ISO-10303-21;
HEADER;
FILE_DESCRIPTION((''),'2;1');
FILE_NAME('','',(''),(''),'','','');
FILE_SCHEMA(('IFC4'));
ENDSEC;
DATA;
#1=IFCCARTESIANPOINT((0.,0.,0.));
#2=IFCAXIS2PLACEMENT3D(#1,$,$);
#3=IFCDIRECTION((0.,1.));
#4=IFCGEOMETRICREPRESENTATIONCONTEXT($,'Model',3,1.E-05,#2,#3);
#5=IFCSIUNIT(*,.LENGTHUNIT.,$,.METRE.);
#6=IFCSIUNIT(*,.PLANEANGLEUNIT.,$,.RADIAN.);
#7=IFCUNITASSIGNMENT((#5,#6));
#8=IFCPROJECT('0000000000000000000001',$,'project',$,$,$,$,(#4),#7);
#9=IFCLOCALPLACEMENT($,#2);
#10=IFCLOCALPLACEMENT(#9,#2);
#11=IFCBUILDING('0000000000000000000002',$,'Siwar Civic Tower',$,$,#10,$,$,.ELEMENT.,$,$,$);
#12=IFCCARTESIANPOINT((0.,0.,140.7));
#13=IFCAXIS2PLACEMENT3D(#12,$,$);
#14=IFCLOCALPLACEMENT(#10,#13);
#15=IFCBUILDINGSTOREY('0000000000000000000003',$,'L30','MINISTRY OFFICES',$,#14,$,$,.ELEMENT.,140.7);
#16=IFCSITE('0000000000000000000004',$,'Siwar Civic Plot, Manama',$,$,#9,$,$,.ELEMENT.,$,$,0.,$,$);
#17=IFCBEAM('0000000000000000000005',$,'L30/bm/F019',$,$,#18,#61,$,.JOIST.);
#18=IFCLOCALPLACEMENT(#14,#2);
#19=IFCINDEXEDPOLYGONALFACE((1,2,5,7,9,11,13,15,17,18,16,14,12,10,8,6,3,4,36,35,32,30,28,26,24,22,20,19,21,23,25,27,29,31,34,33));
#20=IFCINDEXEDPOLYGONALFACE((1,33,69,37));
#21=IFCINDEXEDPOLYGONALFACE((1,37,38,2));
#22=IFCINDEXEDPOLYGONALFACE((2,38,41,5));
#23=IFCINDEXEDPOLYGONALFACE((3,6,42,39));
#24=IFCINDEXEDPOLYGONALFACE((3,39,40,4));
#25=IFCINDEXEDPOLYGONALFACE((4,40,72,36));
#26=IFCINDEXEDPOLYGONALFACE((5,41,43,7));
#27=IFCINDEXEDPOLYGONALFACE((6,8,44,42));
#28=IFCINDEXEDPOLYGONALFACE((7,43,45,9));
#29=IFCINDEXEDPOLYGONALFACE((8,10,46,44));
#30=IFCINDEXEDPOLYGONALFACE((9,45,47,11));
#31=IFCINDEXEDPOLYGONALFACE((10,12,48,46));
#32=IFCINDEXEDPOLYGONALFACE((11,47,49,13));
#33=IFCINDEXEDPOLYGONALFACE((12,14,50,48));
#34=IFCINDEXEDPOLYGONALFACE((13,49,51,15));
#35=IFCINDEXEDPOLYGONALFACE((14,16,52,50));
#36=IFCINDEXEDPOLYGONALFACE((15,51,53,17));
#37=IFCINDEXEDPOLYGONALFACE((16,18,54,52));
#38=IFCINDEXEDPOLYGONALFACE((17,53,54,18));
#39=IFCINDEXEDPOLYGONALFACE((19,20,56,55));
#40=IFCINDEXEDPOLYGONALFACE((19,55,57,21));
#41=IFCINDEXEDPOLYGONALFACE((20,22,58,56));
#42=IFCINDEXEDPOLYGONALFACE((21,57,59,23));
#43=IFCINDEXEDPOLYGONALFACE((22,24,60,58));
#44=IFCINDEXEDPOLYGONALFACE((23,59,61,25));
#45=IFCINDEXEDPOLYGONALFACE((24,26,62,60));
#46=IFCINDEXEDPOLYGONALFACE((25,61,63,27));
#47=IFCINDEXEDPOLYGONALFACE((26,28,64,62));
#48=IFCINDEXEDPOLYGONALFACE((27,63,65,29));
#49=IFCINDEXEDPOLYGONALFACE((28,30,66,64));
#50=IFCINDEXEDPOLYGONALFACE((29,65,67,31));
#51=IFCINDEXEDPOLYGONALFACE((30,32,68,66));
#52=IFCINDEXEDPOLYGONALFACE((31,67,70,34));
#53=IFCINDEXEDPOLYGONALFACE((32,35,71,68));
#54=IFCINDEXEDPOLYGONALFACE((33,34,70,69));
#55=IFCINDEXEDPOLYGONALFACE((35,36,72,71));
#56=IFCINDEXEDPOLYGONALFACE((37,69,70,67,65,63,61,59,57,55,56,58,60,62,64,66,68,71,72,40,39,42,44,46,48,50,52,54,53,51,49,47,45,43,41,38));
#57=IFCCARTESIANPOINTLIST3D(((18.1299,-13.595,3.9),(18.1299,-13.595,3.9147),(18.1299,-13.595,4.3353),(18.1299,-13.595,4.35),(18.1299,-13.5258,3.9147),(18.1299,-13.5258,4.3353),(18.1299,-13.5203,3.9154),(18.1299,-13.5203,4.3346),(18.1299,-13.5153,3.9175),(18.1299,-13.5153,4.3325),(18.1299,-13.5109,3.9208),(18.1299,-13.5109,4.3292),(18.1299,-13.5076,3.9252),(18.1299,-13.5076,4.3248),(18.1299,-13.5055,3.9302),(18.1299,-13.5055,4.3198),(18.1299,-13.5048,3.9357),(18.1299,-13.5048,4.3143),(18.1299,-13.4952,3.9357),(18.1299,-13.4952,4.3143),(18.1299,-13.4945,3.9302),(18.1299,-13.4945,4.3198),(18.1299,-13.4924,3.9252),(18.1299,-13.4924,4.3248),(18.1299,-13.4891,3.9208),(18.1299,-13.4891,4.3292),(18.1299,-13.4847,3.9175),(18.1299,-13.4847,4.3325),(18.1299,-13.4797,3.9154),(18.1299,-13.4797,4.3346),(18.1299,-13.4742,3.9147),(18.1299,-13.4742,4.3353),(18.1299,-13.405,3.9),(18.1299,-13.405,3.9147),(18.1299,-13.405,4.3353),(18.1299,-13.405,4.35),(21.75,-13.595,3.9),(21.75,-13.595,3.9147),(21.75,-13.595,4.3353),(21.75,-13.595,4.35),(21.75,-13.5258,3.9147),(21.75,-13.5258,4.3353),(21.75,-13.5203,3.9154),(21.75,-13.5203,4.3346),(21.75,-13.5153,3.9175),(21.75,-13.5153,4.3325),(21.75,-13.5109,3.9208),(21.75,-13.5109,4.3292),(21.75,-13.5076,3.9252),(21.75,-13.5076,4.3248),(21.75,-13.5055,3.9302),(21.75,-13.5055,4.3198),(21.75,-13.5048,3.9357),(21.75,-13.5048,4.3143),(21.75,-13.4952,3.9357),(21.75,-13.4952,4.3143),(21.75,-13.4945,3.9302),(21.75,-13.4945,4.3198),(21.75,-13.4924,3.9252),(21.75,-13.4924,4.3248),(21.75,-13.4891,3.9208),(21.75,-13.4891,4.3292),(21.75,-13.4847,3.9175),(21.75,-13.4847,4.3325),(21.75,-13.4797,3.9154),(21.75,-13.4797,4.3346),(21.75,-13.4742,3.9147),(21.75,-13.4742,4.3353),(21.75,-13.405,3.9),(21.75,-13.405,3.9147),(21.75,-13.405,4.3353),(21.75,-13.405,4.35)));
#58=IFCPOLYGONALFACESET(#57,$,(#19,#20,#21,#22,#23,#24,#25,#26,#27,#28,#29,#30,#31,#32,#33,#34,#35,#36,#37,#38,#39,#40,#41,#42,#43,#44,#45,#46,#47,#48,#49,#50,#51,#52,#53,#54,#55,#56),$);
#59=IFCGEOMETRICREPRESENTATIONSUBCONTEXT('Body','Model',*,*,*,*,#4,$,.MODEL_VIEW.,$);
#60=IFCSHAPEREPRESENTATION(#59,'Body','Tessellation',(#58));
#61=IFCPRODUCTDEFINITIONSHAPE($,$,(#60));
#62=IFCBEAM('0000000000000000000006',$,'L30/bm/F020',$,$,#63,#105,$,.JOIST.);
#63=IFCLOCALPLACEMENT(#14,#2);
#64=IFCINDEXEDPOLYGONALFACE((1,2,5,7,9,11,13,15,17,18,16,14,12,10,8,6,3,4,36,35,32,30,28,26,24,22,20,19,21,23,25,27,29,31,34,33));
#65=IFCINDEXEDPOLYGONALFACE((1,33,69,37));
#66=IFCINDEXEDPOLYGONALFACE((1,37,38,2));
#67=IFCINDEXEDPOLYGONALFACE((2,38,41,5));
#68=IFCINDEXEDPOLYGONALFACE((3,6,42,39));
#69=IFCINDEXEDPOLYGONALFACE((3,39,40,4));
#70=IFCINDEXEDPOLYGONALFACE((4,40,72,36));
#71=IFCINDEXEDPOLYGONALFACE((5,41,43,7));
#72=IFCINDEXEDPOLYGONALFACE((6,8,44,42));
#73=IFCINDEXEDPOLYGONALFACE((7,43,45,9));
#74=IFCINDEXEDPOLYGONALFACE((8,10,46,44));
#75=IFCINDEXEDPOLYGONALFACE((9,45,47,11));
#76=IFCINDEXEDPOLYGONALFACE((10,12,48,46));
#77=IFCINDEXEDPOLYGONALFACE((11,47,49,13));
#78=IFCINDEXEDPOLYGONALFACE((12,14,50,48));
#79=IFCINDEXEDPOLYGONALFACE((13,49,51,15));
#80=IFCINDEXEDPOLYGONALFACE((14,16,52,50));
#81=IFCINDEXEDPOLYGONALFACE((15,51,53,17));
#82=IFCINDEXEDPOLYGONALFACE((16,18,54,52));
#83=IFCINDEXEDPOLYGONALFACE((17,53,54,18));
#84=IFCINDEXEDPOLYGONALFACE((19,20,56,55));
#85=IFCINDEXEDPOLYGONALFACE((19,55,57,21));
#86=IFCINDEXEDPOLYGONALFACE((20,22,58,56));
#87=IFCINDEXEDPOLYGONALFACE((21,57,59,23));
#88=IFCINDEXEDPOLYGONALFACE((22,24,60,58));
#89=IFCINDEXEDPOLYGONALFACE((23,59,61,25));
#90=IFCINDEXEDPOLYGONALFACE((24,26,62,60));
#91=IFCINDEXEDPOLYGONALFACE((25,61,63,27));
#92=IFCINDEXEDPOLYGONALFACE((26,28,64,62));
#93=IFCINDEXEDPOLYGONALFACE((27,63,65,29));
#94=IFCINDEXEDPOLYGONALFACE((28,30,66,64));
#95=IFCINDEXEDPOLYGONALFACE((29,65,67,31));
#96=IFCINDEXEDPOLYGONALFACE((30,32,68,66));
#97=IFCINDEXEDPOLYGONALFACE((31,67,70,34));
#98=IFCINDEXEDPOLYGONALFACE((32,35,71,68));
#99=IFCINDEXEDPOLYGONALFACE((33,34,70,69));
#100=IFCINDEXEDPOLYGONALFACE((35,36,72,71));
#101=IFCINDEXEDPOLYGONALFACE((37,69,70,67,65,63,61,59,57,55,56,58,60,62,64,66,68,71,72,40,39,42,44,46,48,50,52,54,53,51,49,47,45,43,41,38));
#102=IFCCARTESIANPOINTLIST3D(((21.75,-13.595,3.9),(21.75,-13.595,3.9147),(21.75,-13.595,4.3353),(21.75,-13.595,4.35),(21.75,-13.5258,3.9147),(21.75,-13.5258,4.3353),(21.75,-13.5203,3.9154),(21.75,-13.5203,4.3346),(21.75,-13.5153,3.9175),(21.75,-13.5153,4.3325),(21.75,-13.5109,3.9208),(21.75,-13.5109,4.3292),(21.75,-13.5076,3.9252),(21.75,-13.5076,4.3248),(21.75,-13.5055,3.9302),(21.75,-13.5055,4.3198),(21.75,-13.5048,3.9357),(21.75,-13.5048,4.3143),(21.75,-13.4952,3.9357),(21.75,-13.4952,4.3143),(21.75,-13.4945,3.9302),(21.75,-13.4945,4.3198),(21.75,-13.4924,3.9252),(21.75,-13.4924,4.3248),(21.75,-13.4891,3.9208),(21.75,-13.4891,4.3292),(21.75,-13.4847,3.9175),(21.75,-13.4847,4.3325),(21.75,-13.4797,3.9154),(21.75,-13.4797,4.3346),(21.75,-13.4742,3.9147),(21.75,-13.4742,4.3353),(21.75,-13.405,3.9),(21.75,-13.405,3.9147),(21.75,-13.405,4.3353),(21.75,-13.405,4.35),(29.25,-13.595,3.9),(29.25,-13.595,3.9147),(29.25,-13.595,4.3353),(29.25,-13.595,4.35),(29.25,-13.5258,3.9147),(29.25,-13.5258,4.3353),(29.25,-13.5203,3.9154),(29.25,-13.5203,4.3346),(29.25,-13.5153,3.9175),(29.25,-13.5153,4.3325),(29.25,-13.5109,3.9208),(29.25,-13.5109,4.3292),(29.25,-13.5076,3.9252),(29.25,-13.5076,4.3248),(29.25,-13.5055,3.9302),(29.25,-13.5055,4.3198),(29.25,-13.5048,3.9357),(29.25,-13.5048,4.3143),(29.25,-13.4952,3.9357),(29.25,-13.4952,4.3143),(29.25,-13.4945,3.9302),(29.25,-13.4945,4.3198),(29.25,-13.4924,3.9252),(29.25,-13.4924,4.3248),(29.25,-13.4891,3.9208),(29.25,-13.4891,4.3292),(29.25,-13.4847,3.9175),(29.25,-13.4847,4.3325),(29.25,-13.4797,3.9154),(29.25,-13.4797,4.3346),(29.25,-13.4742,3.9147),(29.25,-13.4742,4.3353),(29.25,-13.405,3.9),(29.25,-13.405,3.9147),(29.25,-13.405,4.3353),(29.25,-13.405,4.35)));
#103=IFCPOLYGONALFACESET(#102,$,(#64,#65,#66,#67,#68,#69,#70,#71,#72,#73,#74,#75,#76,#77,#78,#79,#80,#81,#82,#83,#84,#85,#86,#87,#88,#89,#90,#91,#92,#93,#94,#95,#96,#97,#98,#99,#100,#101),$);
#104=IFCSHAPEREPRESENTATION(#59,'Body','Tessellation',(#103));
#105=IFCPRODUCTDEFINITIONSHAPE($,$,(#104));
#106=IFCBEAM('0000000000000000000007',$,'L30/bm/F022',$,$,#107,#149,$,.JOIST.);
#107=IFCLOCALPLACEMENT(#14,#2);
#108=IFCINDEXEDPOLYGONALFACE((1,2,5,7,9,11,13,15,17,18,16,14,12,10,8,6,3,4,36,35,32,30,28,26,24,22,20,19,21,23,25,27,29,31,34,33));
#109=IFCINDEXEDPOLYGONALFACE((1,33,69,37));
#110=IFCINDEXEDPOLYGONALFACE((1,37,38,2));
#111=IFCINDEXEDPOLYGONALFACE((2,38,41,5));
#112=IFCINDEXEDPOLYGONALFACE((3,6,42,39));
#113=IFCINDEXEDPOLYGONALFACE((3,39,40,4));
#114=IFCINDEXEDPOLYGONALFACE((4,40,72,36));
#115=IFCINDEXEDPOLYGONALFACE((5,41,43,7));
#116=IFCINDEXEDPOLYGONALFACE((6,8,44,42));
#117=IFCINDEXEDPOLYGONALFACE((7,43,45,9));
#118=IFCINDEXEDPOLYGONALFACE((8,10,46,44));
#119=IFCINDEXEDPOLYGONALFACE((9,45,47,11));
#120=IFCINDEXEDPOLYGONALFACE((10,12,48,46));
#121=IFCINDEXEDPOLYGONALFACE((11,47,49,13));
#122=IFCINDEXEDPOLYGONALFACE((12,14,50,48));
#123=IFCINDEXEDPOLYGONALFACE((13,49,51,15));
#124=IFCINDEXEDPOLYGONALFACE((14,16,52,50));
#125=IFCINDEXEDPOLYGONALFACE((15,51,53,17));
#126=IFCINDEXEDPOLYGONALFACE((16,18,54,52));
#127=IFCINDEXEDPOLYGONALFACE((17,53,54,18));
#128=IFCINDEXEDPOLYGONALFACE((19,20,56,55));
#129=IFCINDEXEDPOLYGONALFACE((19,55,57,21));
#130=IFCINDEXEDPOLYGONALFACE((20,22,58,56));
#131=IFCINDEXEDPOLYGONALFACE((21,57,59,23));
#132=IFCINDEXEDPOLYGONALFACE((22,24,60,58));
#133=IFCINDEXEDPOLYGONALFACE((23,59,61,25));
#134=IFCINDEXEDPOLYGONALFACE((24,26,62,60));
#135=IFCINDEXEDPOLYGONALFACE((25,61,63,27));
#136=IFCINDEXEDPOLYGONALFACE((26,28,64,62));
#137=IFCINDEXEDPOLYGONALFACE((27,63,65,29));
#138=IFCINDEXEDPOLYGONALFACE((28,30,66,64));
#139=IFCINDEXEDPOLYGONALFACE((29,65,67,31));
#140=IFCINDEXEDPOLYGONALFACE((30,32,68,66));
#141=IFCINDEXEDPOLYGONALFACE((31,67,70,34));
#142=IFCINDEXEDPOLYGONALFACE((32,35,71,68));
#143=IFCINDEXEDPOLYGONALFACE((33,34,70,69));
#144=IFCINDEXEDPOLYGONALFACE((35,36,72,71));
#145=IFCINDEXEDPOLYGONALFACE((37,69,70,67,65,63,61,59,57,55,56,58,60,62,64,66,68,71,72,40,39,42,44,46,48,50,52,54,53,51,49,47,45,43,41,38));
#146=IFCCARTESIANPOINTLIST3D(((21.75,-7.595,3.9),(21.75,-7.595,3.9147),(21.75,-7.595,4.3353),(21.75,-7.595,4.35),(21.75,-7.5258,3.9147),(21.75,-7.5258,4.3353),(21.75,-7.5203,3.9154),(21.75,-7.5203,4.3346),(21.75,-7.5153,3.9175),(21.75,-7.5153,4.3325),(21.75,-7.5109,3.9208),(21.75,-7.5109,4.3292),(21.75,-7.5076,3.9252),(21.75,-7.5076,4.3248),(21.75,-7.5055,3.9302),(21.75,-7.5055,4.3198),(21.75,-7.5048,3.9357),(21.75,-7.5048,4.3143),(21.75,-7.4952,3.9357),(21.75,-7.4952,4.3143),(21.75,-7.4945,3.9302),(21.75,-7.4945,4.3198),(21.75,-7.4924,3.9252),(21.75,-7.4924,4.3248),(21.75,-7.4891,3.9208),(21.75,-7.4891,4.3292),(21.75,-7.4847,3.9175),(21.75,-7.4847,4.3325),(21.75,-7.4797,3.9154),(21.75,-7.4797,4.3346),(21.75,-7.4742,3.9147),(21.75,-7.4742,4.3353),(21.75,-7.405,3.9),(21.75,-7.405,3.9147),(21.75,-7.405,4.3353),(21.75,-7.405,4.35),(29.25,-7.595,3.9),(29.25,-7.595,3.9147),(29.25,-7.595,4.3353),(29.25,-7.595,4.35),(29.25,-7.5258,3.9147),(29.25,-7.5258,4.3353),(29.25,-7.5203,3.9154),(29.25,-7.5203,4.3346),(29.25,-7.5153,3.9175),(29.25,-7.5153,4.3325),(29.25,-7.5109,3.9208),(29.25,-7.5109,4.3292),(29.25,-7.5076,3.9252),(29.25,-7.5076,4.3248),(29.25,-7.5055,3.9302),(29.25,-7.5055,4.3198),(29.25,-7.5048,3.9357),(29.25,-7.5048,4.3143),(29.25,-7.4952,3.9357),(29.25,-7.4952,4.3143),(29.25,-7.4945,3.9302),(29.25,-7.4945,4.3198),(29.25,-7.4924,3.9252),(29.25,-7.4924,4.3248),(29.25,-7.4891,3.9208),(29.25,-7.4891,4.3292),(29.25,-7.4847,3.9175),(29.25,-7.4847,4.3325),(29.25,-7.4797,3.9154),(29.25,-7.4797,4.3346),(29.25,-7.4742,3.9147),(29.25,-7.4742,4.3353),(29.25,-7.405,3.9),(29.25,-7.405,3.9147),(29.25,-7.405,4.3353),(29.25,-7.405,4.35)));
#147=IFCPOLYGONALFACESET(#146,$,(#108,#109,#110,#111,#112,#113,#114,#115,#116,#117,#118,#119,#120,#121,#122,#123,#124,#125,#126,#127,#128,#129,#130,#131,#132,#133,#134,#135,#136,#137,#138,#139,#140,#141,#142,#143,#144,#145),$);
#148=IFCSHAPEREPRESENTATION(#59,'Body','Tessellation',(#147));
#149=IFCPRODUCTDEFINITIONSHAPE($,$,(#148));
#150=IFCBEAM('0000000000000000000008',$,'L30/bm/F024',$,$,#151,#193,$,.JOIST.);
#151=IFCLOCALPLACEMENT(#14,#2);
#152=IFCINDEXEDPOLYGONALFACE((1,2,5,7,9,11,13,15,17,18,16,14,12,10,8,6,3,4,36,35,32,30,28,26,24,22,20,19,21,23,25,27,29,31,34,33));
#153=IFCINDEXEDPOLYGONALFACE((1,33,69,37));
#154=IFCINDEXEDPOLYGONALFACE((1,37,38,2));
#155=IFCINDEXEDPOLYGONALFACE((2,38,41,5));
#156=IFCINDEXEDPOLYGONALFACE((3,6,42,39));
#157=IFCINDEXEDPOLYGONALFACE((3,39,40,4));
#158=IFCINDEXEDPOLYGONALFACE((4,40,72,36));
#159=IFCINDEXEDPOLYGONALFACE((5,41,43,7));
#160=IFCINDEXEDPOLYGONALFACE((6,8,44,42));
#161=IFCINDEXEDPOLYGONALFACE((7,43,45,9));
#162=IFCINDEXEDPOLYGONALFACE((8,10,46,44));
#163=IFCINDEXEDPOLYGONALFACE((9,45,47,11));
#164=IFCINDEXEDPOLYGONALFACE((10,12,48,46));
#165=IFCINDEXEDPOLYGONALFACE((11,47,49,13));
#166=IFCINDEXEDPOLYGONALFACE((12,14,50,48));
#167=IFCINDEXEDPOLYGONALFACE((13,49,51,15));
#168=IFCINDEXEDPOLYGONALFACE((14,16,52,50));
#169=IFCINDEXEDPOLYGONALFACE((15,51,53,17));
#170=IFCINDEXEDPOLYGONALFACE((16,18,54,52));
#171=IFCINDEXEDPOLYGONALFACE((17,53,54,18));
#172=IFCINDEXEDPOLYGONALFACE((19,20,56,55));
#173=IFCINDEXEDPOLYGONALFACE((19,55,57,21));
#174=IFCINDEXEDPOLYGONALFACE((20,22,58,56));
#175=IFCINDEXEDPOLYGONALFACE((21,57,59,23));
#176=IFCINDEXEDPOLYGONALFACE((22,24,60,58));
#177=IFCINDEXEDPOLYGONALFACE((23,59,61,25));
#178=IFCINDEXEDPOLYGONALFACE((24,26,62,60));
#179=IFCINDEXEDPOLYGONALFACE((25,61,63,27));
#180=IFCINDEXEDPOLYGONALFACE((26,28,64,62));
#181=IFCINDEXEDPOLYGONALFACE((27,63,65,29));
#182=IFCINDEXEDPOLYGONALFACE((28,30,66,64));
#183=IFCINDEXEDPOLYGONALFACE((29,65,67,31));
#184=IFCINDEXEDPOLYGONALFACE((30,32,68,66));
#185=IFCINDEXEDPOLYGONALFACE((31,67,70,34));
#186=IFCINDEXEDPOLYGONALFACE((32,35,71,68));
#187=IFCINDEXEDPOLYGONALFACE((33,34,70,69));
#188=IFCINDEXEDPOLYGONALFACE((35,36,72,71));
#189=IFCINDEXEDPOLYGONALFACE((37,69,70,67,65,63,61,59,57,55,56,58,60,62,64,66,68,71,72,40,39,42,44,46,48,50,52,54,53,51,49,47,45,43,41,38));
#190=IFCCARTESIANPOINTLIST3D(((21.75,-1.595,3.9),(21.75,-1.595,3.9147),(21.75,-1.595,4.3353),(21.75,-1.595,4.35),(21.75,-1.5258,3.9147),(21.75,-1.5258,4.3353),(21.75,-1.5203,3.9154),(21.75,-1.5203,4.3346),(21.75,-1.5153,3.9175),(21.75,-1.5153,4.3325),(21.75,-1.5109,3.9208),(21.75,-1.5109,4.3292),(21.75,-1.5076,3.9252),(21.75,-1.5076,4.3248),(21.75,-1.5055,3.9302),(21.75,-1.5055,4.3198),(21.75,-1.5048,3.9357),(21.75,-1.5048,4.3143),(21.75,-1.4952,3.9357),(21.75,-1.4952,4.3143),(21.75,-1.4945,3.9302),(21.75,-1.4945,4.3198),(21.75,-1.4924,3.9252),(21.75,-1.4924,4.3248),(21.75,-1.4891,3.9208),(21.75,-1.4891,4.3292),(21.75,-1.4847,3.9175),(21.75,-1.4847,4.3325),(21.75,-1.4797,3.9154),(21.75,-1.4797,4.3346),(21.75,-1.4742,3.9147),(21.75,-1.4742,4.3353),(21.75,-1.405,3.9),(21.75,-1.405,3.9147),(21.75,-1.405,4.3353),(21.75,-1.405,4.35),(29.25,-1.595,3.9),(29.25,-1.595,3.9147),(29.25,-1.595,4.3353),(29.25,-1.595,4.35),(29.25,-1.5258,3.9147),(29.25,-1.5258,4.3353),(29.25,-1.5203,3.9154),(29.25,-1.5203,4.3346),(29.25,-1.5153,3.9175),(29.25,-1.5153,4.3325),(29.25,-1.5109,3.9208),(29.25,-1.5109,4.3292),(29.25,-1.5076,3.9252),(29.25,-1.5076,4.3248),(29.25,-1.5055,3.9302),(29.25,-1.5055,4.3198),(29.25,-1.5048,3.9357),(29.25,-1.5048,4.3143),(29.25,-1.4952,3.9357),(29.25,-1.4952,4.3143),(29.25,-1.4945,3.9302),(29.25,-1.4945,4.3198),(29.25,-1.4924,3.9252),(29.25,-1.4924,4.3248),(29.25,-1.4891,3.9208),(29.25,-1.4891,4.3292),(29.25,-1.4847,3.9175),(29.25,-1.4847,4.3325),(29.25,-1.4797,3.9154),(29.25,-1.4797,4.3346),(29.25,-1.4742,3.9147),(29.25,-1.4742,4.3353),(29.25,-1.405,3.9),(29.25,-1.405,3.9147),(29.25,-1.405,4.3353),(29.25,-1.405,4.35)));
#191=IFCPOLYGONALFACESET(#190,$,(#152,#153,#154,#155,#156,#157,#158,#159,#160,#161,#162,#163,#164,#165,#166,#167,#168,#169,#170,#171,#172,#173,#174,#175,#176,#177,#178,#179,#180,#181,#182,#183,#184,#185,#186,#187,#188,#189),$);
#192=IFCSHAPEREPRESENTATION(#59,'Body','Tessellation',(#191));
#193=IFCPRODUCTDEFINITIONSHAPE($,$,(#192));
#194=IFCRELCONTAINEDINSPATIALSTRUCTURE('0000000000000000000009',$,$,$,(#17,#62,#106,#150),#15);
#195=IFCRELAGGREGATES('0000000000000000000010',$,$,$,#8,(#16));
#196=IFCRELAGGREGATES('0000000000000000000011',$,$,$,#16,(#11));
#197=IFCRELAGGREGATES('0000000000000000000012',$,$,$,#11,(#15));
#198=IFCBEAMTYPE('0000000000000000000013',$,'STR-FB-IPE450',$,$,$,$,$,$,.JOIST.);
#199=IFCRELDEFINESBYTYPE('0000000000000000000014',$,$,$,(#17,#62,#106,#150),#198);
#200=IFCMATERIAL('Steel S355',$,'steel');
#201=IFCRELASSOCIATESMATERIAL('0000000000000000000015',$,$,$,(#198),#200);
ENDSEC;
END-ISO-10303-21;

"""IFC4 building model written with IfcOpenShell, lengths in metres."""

from ifc_helpers import new_model, si_unit, direction, frame, origin, origin_2d, place, context, subcontext, project, spatial, i_section, extrude, material, material_profile, profile_set, type_object, element, save


model = new_model("IFC4")

# Units and contexts
model_context = context("Model", 3, precision=1e-05, world=origin(), true_north=direction((0.0, 1.0)))
body_context = subcontext(model_context, "Body", "Model", "MODEL_VIEW")
ifc_project = project(units=[si_unit("LENGTHUNIT", "METRE"), si_unit("PLANEANGLEUNIT", "RADIAN")], contexts=[model_context])

# Site, building, storey
site_placement = place(None, origin())
site = spatial("IfcSite", under=ifc_project, at=site_placement, Name="Siwar Civic Plot, Manama", CompositionType="ELEMENT", RefElevation=0.0)
building_placement = place(site_placement, origin())
building = spatial("IfcBuilding", under=site, at=building_placement, Name="Siwar Civic Tower", CompositionType="ELEMENT")
storey_placement = place(building_placement, frame((0.0, 0.0, 140.7)))
storey = spatial("IfcBuildingStorey", under=building, at=storey_placement, Name="L30", Description="MINISTRY OFFICES", CompositionType="ELEMENT", Elevation=140.7)

# Beams
ifc_material_1 = material(Name="Steel S355", Category="steel")
ifc_material_profile_1 = material_profile(ifc_material_1, i_section(OverallWidth=0.1899, OverallDepth=0.45, WebThickness=0.0095, FlangeThickness=0.0146, FilletRadius=0.021, at=origin_2d()), Name="IPE450")
ifc_profile_set_1 = profile_set([ifc_material_profile_1], Name="Steel S355")
beam_type_1 = type_object("IfcBeamType", Name="STR-FB-IPE450", PredefinedType="JOIST", material=ifc_profile_set_1)
beam_placement = place(storey_placement, frame((18.1299, -13.5, 4.125), z_axis=(1.0, 0.0, 0.0), x_axis=(0.0, 1.0, 0.0)))
element("IfcBeam", 1, at=beam_placement, inside=storey, type_object=beam_type_1, Name="L30/bm/F019", PredefinedType="JOIST", context=body_context, shape_type="SweptSolid", body=[
    extrude(i_section(OverallWidth=0.1899, OverallDepth=0.45, WebThickness=0.0095, FlangeThickness=0.0146, FilletRadius=0.021, at=origin_2d()), origin(), (0.0, 0.0, 1.0), 3.6201),
])
for number, where, z_axis, x_axis, name in (
    (2, (21.75, -13.5, 4.125), (1.0, 0.0, 0.0), (0.0, 1.0, 0.0), "L30/bm/F020"),
    (3, (21.75, -7.5, 4.125), (1.0, 0.0, 0.0), (0.0, 1.0, 0.0), "L30/bm/F022"),
    (4, (21.75, -1.5, 4.125), (1.0, 0.0, 0.0), (0.0, 1.0, 0.0), "L30/bm/F024"),
):
    element("IfcBeam", number, at=place(storey_placement, frame(where, z_axis=z_axis, x_axis=x_axis)), inside=storey, type_object=beam_type_1, Name=name, PredefinedType="JOIST", context=body_context, shape_type="SweptSolid", body=[
        extrude(i_section(OverallWidth=0.1899, OverallDepth=0.45, WebThickness=0.0095, FlangeThickness=0.0146, FilletRadius=0.021, at=origin_2d()), origin(), (0.0, 0.0, 1.0), 7.5),
    ])

save(model, "model.ifc")
